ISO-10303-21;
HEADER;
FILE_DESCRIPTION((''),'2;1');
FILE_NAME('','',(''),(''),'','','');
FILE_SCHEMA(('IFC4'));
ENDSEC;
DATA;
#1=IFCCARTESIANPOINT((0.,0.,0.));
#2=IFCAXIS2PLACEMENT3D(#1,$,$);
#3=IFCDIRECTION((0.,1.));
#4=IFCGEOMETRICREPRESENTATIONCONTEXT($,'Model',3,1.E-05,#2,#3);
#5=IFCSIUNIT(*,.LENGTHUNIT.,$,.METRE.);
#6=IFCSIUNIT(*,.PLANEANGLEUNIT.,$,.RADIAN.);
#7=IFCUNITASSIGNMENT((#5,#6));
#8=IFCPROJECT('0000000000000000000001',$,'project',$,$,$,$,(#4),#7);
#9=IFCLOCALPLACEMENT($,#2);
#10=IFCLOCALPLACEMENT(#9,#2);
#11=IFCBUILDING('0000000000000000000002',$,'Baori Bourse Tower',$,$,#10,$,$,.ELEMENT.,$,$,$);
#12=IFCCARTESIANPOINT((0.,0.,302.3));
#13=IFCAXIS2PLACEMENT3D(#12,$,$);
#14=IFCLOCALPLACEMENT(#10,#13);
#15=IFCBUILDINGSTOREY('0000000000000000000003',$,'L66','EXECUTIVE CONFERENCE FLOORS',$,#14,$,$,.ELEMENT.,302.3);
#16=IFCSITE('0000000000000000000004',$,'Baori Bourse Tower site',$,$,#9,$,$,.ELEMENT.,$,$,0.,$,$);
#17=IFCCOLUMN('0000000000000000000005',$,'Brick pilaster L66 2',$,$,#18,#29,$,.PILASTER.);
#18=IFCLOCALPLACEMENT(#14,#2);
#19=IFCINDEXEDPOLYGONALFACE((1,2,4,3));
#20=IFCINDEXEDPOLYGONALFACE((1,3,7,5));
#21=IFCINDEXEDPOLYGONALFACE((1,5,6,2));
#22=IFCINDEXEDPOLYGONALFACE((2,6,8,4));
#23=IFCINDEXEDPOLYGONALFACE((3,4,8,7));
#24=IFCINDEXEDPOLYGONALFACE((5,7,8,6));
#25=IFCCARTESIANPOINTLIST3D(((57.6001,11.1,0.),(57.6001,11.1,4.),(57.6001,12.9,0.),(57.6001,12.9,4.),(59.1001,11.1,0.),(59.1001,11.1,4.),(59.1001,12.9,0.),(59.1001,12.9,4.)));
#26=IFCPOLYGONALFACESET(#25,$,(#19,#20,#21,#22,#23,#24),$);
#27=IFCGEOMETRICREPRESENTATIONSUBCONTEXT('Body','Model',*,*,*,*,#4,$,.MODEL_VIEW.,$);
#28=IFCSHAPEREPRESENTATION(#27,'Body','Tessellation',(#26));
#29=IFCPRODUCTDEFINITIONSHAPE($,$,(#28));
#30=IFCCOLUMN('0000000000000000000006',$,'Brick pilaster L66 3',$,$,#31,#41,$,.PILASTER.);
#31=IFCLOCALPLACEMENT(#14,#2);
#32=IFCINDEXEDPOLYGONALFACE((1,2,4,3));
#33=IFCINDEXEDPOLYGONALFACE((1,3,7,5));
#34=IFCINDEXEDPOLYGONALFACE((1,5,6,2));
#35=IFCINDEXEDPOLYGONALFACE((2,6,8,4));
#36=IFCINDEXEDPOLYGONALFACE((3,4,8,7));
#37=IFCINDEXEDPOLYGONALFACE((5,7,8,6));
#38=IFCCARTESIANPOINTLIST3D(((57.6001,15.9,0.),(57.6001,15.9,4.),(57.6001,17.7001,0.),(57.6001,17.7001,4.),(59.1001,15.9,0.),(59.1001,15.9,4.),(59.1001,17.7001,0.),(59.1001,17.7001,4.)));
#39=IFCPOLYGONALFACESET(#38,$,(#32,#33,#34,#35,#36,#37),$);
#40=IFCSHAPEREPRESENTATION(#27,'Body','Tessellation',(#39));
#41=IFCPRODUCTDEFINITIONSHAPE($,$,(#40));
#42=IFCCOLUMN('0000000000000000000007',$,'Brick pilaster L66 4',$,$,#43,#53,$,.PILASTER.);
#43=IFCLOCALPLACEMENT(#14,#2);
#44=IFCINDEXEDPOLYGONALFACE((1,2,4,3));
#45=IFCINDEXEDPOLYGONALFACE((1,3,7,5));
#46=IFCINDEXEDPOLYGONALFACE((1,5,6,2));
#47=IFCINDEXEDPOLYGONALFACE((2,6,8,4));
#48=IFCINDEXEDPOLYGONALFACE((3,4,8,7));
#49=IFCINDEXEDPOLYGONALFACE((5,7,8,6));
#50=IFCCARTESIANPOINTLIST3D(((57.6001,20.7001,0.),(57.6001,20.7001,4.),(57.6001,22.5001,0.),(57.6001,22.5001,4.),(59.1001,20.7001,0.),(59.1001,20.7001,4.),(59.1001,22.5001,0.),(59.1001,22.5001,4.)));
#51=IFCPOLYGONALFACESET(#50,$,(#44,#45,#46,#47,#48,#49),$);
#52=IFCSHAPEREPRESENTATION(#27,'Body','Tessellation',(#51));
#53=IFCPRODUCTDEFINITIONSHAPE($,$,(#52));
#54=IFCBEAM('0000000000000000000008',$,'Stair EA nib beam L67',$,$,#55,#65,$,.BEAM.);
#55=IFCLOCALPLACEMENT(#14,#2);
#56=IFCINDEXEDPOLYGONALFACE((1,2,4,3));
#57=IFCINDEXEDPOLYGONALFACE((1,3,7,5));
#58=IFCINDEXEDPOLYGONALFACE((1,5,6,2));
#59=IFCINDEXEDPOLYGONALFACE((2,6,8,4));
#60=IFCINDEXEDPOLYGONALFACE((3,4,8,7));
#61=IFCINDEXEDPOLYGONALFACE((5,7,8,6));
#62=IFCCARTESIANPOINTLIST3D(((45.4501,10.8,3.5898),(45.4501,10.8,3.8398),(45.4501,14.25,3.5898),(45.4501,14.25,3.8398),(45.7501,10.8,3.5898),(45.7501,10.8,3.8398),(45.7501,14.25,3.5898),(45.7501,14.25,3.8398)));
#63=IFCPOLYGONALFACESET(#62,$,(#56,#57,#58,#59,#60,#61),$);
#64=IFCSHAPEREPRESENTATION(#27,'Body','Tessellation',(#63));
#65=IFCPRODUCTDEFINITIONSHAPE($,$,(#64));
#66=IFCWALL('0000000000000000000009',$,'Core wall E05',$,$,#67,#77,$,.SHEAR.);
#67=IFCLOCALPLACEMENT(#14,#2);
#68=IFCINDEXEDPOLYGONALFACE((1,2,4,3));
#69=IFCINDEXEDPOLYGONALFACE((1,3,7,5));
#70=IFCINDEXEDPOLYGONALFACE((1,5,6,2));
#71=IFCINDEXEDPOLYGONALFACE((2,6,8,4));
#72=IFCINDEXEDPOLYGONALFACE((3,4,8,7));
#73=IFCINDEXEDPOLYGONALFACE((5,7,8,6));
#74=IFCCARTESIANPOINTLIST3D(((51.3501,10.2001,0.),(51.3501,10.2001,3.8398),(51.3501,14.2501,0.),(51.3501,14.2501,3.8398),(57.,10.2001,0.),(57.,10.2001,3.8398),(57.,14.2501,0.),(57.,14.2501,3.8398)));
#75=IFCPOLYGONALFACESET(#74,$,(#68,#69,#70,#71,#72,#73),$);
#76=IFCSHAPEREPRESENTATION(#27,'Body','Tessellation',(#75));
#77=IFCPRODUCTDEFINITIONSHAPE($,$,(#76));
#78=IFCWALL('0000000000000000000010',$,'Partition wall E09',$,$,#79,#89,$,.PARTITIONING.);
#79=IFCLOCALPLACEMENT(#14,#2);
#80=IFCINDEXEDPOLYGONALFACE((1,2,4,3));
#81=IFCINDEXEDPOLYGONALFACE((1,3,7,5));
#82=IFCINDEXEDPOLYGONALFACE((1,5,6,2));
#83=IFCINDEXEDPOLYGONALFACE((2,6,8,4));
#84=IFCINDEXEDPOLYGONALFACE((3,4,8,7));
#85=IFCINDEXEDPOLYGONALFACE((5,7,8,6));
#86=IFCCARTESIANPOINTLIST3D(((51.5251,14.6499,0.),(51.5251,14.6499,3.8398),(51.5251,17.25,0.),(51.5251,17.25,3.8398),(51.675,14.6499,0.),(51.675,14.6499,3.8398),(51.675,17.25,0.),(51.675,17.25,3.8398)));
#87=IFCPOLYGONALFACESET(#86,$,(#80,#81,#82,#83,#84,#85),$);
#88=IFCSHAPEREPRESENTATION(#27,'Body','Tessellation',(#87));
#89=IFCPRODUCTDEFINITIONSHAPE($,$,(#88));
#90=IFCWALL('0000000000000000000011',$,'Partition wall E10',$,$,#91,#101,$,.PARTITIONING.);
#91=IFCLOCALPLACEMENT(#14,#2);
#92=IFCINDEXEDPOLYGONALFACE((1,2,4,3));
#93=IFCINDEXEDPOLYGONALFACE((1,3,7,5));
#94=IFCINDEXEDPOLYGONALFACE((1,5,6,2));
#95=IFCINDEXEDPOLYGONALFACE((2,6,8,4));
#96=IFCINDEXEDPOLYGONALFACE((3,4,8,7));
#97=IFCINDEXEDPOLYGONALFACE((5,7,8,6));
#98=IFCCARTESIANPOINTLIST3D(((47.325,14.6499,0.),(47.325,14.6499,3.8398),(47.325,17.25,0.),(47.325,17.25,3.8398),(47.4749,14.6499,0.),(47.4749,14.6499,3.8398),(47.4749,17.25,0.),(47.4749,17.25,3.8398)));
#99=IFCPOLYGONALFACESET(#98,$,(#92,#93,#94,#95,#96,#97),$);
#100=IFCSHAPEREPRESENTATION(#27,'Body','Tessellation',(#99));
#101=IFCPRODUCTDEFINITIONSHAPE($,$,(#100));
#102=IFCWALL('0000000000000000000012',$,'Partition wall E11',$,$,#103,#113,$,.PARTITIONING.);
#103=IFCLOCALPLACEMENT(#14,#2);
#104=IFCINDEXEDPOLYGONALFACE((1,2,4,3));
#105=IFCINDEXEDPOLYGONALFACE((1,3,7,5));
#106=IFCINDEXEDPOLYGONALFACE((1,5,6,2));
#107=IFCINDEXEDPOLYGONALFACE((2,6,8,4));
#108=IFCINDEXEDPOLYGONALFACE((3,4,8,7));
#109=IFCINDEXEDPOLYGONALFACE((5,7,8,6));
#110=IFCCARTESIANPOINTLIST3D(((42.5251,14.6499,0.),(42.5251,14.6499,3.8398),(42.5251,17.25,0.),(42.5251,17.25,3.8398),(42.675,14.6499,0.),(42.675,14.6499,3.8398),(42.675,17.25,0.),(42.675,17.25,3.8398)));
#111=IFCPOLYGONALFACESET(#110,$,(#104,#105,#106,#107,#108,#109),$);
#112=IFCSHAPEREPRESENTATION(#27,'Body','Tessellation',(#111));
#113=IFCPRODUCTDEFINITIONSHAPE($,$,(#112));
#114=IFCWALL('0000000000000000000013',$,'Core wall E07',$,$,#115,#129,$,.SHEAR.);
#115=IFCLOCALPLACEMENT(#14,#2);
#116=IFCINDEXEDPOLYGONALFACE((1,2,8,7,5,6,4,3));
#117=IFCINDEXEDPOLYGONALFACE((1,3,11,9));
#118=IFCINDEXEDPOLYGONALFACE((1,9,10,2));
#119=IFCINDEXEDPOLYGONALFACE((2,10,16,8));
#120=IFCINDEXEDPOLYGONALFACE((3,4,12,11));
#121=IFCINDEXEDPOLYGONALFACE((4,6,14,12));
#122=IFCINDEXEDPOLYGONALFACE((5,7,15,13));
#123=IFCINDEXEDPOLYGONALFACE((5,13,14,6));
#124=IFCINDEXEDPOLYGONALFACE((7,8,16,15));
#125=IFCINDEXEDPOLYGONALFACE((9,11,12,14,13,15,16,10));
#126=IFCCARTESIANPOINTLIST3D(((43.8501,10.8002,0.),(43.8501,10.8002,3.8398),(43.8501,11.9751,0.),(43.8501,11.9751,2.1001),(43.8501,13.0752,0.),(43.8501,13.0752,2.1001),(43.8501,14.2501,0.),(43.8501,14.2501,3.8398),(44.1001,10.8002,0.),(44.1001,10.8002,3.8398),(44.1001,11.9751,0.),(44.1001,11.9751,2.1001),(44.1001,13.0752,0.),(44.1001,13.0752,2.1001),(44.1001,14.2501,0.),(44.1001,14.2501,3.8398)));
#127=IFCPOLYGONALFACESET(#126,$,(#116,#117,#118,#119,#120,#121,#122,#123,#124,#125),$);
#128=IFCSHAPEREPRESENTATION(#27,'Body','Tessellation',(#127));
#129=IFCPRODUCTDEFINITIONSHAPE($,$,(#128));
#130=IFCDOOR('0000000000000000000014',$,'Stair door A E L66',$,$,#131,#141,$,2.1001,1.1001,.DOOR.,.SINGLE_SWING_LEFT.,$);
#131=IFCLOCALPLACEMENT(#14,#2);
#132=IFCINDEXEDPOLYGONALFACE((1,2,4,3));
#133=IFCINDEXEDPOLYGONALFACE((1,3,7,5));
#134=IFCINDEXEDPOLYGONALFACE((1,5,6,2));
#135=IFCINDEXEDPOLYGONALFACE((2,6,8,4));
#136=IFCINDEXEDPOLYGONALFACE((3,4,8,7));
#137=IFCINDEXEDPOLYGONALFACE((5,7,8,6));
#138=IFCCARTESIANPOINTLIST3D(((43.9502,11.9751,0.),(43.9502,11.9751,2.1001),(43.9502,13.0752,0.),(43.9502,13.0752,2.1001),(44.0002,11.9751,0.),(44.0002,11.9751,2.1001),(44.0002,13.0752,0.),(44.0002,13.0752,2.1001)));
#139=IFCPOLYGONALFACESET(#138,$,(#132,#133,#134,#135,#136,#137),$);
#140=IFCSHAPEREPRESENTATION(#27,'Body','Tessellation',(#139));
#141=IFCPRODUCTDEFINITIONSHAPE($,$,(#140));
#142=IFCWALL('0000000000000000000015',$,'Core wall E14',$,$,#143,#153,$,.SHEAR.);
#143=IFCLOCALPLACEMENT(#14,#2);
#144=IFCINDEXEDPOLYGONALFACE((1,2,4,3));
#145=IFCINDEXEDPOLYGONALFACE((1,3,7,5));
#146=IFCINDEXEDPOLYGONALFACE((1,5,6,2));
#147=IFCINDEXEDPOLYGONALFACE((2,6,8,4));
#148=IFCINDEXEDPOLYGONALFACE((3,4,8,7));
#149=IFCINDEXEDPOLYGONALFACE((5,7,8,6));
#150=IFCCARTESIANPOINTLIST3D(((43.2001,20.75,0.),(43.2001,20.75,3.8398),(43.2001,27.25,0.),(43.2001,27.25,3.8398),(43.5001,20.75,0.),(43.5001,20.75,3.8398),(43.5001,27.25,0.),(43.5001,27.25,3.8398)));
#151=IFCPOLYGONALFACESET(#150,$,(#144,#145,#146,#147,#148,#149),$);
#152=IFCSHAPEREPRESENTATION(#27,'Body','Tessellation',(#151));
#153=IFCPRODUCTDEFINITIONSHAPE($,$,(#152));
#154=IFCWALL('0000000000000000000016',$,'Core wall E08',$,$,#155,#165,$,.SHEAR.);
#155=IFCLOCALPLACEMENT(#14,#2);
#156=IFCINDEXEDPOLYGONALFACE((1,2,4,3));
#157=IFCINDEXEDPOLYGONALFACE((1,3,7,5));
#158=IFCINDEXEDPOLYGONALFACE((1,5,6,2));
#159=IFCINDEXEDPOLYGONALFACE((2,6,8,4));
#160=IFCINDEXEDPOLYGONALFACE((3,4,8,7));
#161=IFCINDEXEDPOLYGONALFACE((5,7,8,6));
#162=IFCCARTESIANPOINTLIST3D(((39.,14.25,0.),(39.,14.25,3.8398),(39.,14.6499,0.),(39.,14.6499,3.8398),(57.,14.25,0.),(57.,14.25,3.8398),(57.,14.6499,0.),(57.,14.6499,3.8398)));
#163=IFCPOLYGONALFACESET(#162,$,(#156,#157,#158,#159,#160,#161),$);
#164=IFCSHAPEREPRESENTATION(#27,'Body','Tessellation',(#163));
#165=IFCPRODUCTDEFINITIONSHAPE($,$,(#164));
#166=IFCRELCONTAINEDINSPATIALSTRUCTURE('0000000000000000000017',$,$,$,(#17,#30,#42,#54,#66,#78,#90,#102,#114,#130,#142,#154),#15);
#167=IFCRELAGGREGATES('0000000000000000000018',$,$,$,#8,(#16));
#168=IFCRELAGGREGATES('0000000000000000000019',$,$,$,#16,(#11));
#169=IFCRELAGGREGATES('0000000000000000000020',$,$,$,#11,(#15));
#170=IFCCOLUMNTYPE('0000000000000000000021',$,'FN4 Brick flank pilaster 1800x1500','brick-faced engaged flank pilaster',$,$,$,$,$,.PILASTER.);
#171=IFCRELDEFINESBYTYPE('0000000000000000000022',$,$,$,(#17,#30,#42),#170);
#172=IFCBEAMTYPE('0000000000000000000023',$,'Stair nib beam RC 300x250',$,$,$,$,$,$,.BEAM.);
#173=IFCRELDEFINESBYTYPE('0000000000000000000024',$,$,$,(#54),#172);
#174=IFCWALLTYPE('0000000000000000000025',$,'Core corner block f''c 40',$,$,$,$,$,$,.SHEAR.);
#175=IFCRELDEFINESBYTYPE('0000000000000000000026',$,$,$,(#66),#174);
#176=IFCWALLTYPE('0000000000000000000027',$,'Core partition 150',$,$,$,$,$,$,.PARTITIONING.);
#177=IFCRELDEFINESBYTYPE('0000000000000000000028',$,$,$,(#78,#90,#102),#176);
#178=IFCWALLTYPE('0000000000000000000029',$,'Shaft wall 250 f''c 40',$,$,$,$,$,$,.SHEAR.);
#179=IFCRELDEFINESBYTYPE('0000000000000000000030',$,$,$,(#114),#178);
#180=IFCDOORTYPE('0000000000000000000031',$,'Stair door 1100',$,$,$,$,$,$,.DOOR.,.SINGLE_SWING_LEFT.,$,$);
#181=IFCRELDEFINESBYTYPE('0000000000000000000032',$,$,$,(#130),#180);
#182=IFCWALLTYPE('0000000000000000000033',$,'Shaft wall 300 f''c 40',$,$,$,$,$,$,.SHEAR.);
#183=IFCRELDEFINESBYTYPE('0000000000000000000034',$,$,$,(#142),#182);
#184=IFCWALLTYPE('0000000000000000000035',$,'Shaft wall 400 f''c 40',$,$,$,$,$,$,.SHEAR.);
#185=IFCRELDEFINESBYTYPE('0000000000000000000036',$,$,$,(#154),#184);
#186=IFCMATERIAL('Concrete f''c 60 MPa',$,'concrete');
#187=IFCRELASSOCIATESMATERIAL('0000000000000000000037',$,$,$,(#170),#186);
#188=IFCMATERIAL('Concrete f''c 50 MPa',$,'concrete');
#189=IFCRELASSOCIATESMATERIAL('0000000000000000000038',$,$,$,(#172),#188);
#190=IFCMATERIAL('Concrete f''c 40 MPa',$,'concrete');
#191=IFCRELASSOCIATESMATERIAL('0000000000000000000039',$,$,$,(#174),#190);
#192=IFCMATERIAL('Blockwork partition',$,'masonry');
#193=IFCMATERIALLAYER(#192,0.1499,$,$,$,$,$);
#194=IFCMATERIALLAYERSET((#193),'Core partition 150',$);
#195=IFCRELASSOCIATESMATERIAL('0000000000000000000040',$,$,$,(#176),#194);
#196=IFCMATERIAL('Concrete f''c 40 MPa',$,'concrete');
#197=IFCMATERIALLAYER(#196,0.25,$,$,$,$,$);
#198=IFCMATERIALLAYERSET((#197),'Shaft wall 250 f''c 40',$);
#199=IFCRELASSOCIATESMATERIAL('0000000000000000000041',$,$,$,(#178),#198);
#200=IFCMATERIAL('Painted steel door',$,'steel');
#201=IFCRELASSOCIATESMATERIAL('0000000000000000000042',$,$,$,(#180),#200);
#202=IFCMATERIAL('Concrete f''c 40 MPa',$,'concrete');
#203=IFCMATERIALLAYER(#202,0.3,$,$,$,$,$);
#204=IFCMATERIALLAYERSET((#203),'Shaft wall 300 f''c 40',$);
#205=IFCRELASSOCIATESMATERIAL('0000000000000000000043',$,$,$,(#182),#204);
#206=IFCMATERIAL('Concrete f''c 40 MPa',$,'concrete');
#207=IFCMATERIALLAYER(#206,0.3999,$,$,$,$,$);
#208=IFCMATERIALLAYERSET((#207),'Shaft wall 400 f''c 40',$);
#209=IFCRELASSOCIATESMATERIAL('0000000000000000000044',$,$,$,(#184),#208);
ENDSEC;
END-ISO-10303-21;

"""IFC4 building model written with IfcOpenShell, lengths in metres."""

from ifc_helpers import new_model, si_unit, direction, frame, frame_2d, origin, origin_2d, place, context, subcontext, project, spatial, rectangle, extrude, material, layer, layer_set, material_profile, profile_set, type_object, element, fill, save


model = new_model("IFC4")

# Units and contexts
model_context = context("Model", 3, precision=1e-05, world=origin(), true_north=direction((0.0, 1.0)))
body_context = subcontext(model_context, "Body", "Model", "MODEL_VIEW")
ifc_project = project(units=[si_unit("LENGTHUNIT", "METRE"), si_unit("PLANEANGLEUNIT", "RADIAN")], contexts=[model_context])

# Site, building, storey
site_placement = place(None, origin())
site = spatial("IfcSite", under=ifc_project, at=site_placement, Name="Baori Bourse Tower site", CompositionType="ELEMENT", RefElevation=0.0)
building_placement = place(site_placement, origin())
building = spatial("IfcBuilding", under=site, at=building_placement, Name="Baori Bourse Tower", CompositionType="ELEMENT")
storey_placement = place(building_placement, frame((0.0, 0.0, 302.3)))
storey = spatial("IfcBuildingStorey", under=building, at=storey_placement, Name="L66", Description="EXECUTIVE CONFERENCE FLOORS", CompositionType="ELEMENT", Elevation=302.3)

# Columns
ifc_material_1 = material(Name="Concrete f'c 60 MPa", Category="concrete")
ifc_material_profile_1 = material_profile(ifc_material_1, rectangle(XDim=1.8, YDim=1.5, at=origin_2d()), Name="RC 1800x1500")
ifc_profile_set_1 = profile_set([ifc_material_profile_1], Name="Concrete f'c 60 MPa")
column_type = type_object("IfcColumnType", Name="FN4 Brick flank pilaster 1800x1500", Description="brick-faced engaged flank pilaster", PredefinedType="PILASTER", material=ifc_profile_set_1)
for number, where, z_axis, x_axis, name in (
    (1, (58.3501, 12.0, 0.0), (0.0, 0.0, 1.0), (0.0, 1.0, 0.0), "Brick pilaster L66 2"),
    (2, (58.3501, 16.8, 0.0), (0.0, 0.0, 1.0), (0.0, 1.0, 0.0), "Brick pilaster L66 3"),
    (3, (58.3501, 21.6001, 0.0), (0.0, 0.0, 1.0), (0.0, 1.0, 0.0), "Brick pilaster L66 4"),
):
    element("IfcColumn", number, at=place(storey_placement, frame(where, z_axis=z_axis, x_axis=x_axis)), inside=storey, type_object=column_type, Name=name, PredefinedType="PILASTER", context=body_context, shape_type="SweptSolid", body=[
        extrude(rectangle(XDim=1.8, YDim=1.5, at=origin_2d()), origin(), (0.0, 0.0, 1.0), 4.0),
    ])

# Beam
ifc_material_2 = material(Name="Concrete f'c 50 MPa", Category="concrete")
ifc_material_profile_2 = material_profile(ifc_material_2, rectangle(XDim=0.3, YDim=0.25, at=origin_2d()), Name="RC 300x250")
ifc_profile_set_2 = profile_set([ifc_material_profile_2], Name="Concrete f'c 50 MPa")
beam_type = type_object("IfcBeamType", Name="Stair nib beam RC 300x250", PredefinedType="BEAM", material=ifc_profile_set_2)
beam_placement = place(storey_placement, frame((45.6001, 10.8, 3.7148), z_axis=(0.0, 1.0, 0.0), x_axis=(-1.0, 0.0, 0.0)))
element("IfcBeam", 4, at=beam_placement, inside=storey, type_object=beam_type, Name="Stair EA nib beam L67", PredefinedType="BEAM", context=body_context, shape_type="SweptSolid", body=[
    extrude(rectangle(XDim=0.3, YDim=0.25, at=origin_2d()), origin(), (0.0, 0.0, 1.0), 3.45),
])

# Walls
ifc_material_3 = material(Name="Concrete f'c 40 MPa", Category="concrete")
wall_type_1 = type_object("IfcWallType", Name="Core corner block f'c 40", PredefinedType="SHEAR", material=ifc_material_3)
wall_1_placement = place(storey_placement, frame((51.3501, 12.2251, 0.0), z_axis=(0.0, 0.0, 1.0), x_axis=(1.0, 0.0, 0.0)))
element("IfcWall", 5, at=wall_1_placement, inside=storey, type_object=wall_type_1, Name="Core wall E05", PredefinedType="SHEAR", context=body_context, shape_type="SweptSolid", body=[
    extrude(rectangle(XDim=5.6499, YDim=4.05, at=frame_2d((2.825, 0.0))), origin(), (0.0, 0.0, 1.0), 3.8398),
])
ifc_material_4 = material(Name="Blockwork partition", Category="masonry")
ifc_layer_1 = layer(ifc_material_4, 0.1499)
ifc_layer_set_1 = layer_set([ifc_layer_1], Name="Core partition 150")
wall_type_2 = type_object("IfcWallType", Name="Core partition 150", PredefinedType="PARTITIONING", material=ifc_layer_set_1)
for number, where, z_axis, x_axis, name in (
    (6, (51.6001, 14.6499, 0.0), (0.0, 0.0, 1.0), (0.0, 1.0, 0.0), "Partition wall E09"),
    (7, (47.3999, 14.6499, 0.0), (0.0, 0.0, 1.0), (0.0, 1.0, 0.0), "Partition wall E10"),
    (8, (42.6001, 14.6499, 0.0), (0.0, 0.0, 1.0), (0.0, 1.0, 0.0), "Partition wall E11"),
):
    element("IfcWall", number, at=place(storey_placement, frame(where, z_axis=z_axis, x_axis=x_axis)), inside=storey, type_object=wall_type_2, Name=name, PredefinedType="PARTITIONING", context=body_context, shape_type="SweptSolid", body=[
        extrude(rectangle(XDim=2.6001, YDim=0.1499, at=frame_2d((1.3, 0.0))), origin(), (0.0, 0.0, 1.0), 3.8398),
    ])

# Wall, opening, door
ifc_material_5 = material(Name="Concrete f'c 40 MPa", Category="concrete")
ifc_layer_2 = layer(ifc_material_5, 0.25)
ifc_layer_set_2 = layer_set([ifc_layer_2], Name="Shaft wall 250 f'c 40")
wall_type_3 = type_object("IfcWallType", Name="Shaft wall 250 f'c 40", PredefinedType="SHEAR", material=ifc_layer_set_2)
wall_2_placement = place(storey_placement, frame((43.9751, 10.8, 0.0), z_axis=(0.0, 0.0, 1.0), x_axis=(0.0, 1.0, 0.0)))
wall_2 = element("IfcWall", 9, at=wall_2_placement, inside=storey, type_object=wall_type_3, Name="Core wall E07", PredefinedType="SHEAR", context=body_context, shape_type="SweptSolid", body=[
    extrude(rectangle(XDim=3.45, YDim=0.25, at=frame_2d((1.7251, 0.0))), origin(), (0.0, 0.0, 1.0), 3.8398),
])
opening_1_placement = place(wall_2_placement, frame((1.175, 0.0, 0.0)))
opening_1 = element("IfcOpeningElement", 10, at=opening_1_placement, cuts=wall_2, PredefinedType="OPENING", context=body_context, shape_type="SweptSolid", body=[
    extrude(rectangle(XDim=1.1001, YDim=2.1001, at=frame_2d((0.55, 1.05))), frame((0.0, 0.135, 0.0), z_axis=(0.0, -1.0, 0.0), x_axis=(1.0, 0.0, 0.0)), (0.0, 0.0, 1.0), 0.27),
])
ifc_material_6 = material(Name="Painted steel door", Category="steel")
door_type_1 = type_object("IfcDoorType", Name="Stair door 1100", OperationType="SINGLE_SWING_LEFT", PredefinedType="DOOR", material=ifc_material_6)
door_1_placement = place(opening_1_placement, origin())
door_1 = element("IfcDoor", 11, at=door_1_placement, inside=storey, type_object=door_type_1, Name="Stair door A E L66", OperationType="SINGLE_SWING_LEFT", OverallHeight=2.1001, OverallWidth=1.1001, PredefinedType="DOOR", context=body_context, shape_type="SweptSolid", body=[
    extrude(rectangle(XDim=1.1001, YDim=2.1001, at=frame_2d((0.55, 1.05))), frame((0.0, 0.0249, 0.0), z_axis=(0.0, -1.0, 0.0), x_axis=(1.0, 0.0, 0.0)), (0.0, 0.0, 1.0), 0.05),
])
fill(opening_1, door_1)

# Walls
ifc_material_7 = material(Name="Concrete f'c 40 MPa", Category="concrete")
ifc_layer_3 = layer(ifc_material_7, 0.3)
ifc_layer_set_3 = layer_set([ifc_layer_3], Name="Shaft wall 300 f'c 40")
wall_type_4 = type_object("IfcWallType", Name="Shaft wall 300 f'c 40", PredefinedType="SHEAR", material=ifc_layer_set_3)
wall_3_placement = place(storey_placement, frame((43.3501, 20.75, 0.0), z_axis=(0.0, 0.0, 1.0), x_axis=(0.0, 1.0, 0.0)))
element("IfcWall", 12, at=wall_3_placement, inside=storey, type_object=wall_type_4, Name="Core wall E14", PredefinedType="SHEAR", context=body_context, shape_type="SweptSolid", body=[
    extrude(rectangle(XDim=6.5, YDim=0.3, at=frame_2d((3.25, 0.0))), origin(), (0.0, 0.0, 1.0), 3.8398),
])
ifc_material_8 = material(Name="Concrete f'c 40 MPa", Category="concrete")
ifc_layer_4 = layer(ifc_material_8, 0.3999)
ifc_layer_set_4 = layer_set([ifc_layer_4], Name="Shaft wall 400 f'c 40")
wall_type_5 = type_object("IfcWallType", Name="Shaft wall 400 f'c 40", PredefinedType="SHEAR", material=ifc_layer_set_4)
wall_4_placement = place(storey_placement, frame((39.0, 14.45, 0.0), z_axis=(0.0, 0.0, 1.0), x_axis=(1.0, 0.0, 0.0)))
element("IfcWall", 13, at=wall_4_placement, inside=storey, type_object=wall_type_5, Name="Core wall E08", PredefinedType="SHEAR", context=body_context, shape_type="SweptSolid", body=[
    extrude(rectangle(XDim=18.0, YDim=0.3999, at=frame_2d((9.0, 0.0))), origin(), (0.0, 0.0, 1.0), 3.8398),
])

save(model, "model.ifc")
